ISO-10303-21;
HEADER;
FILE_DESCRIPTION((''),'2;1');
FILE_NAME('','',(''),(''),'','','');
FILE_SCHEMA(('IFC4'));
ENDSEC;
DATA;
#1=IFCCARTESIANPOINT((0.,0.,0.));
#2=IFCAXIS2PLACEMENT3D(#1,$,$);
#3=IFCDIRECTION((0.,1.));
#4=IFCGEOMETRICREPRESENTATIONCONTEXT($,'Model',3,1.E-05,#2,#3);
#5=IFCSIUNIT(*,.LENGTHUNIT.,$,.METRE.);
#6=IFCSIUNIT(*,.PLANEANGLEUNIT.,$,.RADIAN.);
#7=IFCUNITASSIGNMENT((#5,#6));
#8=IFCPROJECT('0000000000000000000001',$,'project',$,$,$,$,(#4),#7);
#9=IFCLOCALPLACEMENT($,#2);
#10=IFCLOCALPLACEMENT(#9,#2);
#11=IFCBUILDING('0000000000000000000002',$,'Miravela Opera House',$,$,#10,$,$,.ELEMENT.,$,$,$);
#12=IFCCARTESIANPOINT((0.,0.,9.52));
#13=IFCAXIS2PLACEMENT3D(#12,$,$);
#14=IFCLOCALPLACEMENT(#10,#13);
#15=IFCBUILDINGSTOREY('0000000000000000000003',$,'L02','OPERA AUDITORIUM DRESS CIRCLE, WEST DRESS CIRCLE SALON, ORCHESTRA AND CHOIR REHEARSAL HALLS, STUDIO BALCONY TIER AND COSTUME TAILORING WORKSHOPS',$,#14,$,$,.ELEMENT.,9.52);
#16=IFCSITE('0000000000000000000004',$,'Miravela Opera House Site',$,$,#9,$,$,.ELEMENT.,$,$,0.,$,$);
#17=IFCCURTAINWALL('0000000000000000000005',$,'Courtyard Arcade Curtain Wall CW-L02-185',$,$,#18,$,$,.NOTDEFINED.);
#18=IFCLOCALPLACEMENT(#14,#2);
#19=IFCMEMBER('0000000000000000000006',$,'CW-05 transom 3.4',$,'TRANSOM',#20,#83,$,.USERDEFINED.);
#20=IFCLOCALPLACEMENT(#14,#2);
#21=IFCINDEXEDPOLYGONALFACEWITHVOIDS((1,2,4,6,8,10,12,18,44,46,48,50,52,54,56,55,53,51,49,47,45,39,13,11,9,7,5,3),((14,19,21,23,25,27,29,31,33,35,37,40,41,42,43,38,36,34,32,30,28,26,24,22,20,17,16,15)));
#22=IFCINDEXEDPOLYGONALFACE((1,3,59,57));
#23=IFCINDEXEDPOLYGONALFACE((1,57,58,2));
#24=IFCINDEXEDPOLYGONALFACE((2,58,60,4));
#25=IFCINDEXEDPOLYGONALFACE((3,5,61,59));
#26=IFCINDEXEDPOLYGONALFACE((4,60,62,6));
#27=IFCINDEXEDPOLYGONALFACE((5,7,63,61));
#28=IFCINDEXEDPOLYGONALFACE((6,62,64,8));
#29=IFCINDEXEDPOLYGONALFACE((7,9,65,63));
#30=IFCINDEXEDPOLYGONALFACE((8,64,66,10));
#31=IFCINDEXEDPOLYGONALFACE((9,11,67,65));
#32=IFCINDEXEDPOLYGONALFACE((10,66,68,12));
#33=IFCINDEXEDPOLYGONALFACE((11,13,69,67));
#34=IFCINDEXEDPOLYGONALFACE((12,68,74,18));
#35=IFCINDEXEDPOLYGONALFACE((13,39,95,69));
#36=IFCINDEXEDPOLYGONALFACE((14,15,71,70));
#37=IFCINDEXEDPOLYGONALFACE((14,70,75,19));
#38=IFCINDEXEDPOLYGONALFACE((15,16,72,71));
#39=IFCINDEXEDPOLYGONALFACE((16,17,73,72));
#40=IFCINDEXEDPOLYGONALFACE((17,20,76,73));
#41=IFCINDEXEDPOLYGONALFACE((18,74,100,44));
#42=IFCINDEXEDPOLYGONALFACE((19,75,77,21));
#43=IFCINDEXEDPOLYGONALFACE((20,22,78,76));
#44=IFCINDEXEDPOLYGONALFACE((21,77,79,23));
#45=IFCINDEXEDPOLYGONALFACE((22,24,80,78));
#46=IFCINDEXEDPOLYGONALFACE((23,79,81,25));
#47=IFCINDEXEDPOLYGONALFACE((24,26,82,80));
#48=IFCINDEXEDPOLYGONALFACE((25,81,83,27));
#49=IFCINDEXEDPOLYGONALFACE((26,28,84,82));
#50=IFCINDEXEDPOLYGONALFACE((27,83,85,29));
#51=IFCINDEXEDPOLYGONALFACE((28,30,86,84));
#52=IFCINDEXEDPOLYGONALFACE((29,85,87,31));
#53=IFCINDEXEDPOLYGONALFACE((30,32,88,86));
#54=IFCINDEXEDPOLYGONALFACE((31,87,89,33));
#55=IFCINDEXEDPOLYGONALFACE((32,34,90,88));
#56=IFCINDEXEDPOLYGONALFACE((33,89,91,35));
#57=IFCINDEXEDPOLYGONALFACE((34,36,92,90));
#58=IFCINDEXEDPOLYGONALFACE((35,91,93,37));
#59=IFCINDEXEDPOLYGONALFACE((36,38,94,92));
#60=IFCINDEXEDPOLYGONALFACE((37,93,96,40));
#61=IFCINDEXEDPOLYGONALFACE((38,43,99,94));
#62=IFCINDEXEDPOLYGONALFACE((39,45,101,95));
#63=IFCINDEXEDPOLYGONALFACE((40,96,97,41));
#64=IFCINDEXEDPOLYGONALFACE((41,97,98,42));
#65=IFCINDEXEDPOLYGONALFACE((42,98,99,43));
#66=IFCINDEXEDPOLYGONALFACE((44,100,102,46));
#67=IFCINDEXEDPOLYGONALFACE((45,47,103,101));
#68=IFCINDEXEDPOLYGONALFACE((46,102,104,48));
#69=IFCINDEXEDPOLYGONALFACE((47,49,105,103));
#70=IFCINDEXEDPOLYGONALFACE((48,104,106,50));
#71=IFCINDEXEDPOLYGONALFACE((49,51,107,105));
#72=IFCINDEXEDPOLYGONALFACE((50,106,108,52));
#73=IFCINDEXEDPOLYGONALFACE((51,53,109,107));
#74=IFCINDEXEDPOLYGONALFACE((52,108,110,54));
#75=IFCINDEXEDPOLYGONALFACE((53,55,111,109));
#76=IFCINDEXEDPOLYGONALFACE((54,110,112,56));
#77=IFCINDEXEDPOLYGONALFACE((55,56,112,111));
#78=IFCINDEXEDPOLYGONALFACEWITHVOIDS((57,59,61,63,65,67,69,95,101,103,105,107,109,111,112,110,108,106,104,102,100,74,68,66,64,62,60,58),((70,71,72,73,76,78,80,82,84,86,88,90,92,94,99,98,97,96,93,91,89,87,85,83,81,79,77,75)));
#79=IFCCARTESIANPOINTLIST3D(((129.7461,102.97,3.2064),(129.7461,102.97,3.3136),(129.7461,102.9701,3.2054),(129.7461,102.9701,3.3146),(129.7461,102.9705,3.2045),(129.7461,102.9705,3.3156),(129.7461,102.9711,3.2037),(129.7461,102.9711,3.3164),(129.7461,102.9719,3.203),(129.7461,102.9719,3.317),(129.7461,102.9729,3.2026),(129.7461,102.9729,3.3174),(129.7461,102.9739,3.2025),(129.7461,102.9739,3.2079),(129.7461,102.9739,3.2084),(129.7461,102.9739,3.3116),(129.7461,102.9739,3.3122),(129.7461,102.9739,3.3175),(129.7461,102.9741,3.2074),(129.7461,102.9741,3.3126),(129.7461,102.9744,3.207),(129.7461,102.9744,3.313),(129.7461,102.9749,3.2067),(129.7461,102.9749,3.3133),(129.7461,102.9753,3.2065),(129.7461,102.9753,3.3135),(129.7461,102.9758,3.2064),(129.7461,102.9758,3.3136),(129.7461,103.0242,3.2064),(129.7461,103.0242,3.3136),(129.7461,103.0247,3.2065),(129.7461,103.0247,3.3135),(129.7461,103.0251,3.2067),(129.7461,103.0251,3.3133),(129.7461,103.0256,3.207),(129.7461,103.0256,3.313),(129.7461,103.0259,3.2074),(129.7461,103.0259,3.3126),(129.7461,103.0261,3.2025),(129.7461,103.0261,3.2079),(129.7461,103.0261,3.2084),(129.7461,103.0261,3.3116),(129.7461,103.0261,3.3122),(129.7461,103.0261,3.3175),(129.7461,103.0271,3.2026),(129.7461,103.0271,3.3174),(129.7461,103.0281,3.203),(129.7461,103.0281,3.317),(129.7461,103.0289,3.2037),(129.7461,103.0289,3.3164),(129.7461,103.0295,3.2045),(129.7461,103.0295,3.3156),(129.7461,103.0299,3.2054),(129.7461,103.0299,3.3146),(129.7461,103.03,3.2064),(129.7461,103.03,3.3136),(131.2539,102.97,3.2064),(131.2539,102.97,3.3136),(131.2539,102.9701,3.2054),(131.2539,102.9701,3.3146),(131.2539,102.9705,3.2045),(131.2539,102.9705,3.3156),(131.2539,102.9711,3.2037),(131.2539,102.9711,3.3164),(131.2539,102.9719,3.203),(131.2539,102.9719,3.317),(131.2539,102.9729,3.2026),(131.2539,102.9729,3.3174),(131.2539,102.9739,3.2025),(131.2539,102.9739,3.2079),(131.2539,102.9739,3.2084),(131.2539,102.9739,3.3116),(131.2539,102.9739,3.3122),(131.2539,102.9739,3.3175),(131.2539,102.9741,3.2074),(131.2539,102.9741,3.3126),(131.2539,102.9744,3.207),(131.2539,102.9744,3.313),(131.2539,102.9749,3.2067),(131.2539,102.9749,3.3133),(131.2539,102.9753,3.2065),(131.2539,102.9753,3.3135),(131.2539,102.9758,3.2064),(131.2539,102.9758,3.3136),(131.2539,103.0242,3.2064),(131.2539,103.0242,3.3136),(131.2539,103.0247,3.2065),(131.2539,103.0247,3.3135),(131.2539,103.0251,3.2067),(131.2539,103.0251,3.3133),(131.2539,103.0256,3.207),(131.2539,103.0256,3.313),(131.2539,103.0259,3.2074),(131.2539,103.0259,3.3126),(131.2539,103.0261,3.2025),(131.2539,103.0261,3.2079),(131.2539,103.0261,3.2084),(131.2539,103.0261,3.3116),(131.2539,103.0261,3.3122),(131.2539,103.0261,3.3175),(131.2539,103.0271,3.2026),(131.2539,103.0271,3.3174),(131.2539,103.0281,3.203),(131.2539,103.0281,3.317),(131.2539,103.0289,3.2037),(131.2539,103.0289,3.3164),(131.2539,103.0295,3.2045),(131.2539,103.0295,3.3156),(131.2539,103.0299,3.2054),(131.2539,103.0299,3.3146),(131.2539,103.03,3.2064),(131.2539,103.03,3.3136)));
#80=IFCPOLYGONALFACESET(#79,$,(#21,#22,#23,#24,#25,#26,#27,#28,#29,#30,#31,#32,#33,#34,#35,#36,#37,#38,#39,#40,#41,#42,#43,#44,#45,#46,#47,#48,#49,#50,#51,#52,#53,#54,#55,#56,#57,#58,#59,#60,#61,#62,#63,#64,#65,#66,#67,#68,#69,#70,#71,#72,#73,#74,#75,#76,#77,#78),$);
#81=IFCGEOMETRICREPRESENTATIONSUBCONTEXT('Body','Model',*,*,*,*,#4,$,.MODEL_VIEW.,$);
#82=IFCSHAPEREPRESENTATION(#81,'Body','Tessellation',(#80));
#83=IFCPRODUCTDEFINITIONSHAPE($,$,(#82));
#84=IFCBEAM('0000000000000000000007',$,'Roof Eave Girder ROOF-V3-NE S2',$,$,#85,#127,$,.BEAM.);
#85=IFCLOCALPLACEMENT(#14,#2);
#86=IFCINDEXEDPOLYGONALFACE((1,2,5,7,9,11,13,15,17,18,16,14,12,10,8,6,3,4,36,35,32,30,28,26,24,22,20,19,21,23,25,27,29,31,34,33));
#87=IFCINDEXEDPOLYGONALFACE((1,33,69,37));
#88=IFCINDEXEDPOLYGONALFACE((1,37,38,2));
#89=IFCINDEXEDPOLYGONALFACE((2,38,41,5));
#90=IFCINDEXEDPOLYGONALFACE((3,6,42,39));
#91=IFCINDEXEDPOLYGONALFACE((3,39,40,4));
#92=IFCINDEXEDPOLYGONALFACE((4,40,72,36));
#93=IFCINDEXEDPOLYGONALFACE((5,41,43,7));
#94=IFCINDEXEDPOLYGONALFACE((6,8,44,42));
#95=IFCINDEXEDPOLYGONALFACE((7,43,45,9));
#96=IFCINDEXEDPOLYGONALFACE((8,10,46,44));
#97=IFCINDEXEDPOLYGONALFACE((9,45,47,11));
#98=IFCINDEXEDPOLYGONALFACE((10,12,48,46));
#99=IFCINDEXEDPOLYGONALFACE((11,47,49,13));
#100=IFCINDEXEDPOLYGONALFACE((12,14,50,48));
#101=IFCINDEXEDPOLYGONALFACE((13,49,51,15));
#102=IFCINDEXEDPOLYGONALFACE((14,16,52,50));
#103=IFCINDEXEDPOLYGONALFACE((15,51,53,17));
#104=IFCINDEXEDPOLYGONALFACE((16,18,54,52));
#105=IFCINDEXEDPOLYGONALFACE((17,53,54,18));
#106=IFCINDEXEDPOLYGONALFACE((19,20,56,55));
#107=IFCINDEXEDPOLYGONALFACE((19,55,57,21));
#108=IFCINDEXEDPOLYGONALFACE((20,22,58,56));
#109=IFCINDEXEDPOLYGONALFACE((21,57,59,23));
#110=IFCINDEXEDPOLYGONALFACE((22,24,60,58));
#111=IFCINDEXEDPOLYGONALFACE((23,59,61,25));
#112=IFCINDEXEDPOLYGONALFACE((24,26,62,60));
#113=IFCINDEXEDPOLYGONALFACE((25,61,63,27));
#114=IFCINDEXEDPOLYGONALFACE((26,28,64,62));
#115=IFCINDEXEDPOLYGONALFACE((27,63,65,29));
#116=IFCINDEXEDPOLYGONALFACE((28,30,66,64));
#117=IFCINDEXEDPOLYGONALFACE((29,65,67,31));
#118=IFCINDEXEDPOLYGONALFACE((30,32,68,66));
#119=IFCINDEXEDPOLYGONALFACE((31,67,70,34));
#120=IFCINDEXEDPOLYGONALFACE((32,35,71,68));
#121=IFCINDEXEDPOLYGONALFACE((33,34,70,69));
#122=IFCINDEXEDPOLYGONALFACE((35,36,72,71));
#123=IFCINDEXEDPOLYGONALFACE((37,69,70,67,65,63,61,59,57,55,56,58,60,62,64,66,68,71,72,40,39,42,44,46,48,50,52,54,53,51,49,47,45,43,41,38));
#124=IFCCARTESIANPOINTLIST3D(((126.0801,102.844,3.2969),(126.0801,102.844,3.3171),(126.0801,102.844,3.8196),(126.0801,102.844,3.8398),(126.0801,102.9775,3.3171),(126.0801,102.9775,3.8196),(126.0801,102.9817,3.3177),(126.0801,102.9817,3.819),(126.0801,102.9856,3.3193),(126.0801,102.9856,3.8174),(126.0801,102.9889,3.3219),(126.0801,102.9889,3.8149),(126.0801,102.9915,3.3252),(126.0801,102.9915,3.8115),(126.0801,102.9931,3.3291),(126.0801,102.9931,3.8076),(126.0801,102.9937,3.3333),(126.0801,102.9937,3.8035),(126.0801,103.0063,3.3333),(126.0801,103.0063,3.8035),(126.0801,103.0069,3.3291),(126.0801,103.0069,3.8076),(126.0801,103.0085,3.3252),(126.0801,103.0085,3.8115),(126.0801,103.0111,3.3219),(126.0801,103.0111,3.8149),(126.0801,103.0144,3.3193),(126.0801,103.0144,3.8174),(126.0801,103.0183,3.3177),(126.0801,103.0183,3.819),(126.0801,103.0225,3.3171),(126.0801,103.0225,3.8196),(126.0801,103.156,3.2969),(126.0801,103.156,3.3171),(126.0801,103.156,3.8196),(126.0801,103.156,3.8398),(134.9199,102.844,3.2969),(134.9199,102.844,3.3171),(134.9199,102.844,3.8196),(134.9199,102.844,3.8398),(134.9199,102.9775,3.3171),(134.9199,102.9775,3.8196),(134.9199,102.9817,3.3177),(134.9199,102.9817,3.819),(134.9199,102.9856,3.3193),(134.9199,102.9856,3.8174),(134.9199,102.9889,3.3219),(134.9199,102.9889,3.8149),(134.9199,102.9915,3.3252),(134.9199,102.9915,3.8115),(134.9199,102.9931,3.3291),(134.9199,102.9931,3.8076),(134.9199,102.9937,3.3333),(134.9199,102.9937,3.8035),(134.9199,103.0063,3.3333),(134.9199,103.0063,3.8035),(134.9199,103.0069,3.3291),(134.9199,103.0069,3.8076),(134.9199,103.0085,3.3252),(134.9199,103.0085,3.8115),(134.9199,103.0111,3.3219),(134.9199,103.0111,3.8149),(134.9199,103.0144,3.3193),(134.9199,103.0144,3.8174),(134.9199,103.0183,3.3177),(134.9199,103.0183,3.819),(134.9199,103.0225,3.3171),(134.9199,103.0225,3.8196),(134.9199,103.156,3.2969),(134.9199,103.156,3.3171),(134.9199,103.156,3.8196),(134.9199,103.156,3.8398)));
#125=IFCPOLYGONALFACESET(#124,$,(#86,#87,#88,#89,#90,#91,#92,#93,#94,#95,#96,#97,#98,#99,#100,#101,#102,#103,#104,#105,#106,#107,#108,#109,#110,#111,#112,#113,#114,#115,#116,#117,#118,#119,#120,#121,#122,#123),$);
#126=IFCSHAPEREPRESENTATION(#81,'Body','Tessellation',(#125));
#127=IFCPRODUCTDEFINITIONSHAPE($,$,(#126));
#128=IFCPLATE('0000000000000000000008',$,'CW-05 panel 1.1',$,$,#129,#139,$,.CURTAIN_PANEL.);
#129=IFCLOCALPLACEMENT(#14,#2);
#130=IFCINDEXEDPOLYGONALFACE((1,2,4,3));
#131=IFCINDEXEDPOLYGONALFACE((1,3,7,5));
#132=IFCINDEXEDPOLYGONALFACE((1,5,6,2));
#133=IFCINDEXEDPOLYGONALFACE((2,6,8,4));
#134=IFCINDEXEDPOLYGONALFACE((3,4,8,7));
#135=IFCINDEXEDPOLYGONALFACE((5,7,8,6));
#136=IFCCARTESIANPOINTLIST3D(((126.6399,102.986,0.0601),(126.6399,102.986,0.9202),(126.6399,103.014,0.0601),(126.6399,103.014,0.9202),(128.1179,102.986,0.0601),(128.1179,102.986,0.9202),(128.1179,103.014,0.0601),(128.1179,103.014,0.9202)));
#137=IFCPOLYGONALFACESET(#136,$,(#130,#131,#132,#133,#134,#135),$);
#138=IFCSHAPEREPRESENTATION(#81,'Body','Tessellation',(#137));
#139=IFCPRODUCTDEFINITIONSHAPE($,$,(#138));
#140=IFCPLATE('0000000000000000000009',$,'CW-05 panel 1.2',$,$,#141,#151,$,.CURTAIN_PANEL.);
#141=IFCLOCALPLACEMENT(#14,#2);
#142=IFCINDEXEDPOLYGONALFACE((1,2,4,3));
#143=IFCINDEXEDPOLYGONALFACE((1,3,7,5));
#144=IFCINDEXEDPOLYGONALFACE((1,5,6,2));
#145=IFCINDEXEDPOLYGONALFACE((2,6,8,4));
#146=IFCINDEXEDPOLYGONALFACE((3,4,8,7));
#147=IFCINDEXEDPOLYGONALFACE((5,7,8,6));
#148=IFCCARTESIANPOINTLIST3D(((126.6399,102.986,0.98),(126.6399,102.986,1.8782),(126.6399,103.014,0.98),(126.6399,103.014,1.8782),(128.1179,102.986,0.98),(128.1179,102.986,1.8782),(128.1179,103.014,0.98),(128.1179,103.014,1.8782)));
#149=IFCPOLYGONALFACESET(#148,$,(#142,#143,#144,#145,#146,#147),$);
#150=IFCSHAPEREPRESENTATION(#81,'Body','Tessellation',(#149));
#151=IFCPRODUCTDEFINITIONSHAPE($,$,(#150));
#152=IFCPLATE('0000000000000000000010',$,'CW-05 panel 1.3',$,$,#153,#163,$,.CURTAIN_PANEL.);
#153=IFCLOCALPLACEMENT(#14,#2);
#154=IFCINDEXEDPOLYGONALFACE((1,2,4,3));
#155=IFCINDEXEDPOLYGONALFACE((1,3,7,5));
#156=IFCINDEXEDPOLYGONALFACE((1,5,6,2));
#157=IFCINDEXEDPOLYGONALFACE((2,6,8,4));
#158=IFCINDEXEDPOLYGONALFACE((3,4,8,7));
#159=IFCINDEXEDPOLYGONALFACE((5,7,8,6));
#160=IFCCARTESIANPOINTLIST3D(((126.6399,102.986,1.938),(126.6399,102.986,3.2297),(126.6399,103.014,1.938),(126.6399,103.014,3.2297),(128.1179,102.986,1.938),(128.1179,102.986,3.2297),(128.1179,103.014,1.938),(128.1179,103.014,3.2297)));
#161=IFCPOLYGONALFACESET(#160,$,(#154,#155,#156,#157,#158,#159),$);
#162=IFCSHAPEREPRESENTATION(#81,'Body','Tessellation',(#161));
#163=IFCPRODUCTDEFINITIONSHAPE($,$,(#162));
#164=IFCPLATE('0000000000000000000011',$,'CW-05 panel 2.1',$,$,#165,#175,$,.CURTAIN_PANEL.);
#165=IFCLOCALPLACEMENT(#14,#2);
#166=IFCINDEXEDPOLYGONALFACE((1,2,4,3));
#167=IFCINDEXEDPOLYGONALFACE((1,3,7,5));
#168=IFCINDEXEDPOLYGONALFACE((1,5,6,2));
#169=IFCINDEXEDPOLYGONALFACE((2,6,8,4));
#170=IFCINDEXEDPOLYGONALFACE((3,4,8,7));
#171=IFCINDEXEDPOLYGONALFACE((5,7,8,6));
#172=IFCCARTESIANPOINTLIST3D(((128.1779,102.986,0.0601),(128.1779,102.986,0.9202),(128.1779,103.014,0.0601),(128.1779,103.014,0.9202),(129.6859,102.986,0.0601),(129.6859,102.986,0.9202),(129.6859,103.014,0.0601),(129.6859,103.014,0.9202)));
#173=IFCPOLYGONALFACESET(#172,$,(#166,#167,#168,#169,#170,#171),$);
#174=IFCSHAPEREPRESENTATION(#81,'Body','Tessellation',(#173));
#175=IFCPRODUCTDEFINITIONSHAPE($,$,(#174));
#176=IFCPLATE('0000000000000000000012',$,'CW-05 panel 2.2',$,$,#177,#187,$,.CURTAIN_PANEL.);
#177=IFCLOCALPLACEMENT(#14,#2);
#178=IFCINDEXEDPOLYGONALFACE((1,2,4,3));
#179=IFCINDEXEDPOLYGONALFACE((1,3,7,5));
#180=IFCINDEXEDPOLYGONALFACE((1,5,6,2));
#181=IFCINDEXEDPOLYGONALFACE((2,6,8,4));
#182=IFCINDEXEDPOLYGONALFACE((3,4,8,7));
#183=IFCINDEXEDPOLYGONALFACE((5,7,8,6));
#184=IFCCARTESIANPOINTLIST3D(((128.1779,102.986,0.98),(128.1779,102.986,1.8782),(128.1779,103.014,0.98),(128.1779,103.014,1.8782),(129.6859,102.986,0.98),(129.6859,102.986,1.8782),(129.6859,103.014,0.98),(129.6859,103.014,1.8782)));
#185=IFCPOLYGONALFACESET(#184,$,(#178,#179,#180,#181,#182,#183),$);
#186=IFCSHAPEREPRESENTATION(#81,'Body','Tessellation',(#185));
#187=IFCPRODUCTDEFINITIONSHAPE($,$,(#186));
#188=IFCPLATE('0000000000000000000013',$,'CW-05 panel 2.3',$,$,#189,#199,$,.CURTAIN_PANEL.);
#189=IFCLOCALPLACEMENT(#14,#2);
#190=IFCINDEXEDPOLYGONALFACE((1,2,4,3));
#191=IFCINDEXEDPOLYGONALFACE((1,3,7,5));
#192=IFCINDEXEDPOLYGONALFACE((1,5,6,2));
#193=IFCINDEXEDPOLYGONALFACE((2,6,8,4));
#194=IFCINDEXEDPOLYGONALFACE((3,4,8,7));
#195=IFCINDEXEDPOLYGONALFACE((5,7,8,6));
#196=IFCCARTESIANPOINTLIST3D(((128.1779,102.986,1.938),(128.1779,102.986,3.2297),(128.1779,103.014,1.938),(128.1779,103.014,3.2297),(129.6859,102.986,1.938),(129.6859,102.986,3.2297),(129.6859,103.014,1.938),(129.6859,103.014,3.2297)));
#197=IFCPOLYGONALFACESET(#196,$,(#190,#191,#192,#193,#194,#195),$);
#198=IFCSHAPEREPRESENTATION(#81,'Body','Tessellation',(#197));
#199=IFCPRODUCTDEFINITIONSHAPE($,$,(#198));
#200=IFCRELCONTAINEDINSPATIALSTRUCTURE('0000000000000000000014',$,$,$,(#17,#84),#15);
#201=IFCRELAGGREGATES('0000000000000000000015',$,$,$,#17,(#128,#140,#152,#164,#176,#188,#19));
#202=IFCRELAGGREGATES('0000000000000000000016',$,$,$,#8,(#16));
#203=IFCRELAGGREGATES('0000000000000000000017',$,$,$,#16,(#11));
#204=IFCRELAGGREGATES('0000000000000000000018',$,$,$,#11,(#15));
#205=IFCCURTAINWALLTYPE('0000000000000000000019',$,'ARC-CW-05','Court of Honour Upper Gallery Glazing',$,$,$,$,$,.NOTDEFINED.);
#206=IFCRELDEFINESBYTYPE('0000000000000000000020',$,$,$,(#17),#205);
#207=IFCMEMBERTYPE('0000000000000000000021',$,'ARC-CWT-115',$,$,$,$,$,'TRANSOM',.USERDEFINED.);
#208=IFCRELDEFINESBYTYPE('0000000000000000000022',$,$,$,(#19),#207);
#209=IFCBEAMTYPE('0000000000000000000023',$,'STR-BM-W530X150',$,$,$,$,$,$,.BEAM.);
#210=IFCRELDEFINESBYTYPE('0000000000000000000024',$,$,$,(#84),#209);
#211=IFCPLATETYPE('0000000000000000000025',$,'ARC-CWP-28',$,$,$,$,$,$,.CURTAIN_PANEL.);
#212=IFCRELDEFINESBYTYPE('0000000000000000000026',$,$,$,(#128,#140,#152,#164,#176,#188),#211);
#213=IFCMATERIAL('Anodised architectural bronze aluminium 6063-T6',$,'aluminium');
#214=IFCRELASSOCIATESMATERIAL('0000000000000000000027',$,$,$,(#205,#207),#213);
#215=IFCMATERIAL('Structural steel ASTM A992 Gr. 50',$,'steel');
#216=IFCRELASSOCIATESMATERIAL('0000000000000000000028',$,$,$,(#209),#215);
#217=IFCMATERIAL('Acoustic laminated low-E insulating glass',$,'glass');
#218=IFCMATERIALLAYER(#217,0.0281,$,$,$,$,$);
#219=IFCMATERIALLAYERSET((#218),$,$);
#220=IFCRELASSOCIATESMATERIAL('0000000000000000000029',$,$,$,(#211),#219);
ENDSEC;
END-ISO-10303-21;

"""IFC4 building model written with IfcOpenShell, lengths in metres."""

from ifc_helpers import new_model, si_unit, direction, frame, origin, origin_2d, place, context, subcontext, project, spatial, rectangle, hollow_rectangle, i_section, extrude, material, layer, layer_set, material_profile, profile_set, type_object, element, aggregate, save


model = new_model("IFC4")

# Units and contexts
model_context = context("Model", 3, precision=1e-05, world=origin(), true_north=direction((0.0, 1.0)))
body_context = subcontext(model_context, "Body", "Model", "MODEL_VIEW")
ifc_project = project(units=[si_unit("LENGTHUNIT", "METRE"), si_unit("PLANEANGLEUNIT", "RADIAN")], contexts=[model_context])

# Site, building, storey
site_placement = place(None, origin())
site = spatial("IfcSite", under=ifc_project, at=site_placement, Name="Miravela Opera House Site", CompositionType="ELEMENT", RefElevation=0.0)
building_placement = place(site_placement, origin())
building = spatial("IfcBuilding", under=site, at=building_placement, Name="Miravela Opera House", CompositionType="ELEMENT")
storey_placement = place(building_placement, frame((0.0, 0.0, 9.52)))
storey = spatial("IfcBuildingStorey", under=building, at=storey_placement, Name="L02", Description="OPERA AUDITORIUM DRESS CIRCLE, WEST DRESS CIRCLE SALON, ORCHESTRA AND CHOIR REHEARSAL HALLS, STUDIO BALCONY TIER AND COSTUME TAILORING WORKSHOPS", CompositionType="ELEMENT", Elevation=9.52)

# Curtain wall, member
ifc_material_1 = material(Name="Anodised architectural bronze aluminium 6063-T6", Category="aluminium")
curtain_wall_type = type_object("IfcCurtainWallType", Name="ARC-CW-05", Description="Court of Honour Upper Gallery Glazing", PredefinedType="NOTDEFINED", material=ifc_material_1)
curtain_wall_placement = place(storey_placement, origin())
curtain_wall = element("IfcCurtainWall", 1, at=curtain_wall_placement, inside=storey, type_object=curtain_wall_type, Name="Courtyard Arcade Curtain Wall CW-L02-185", PredefinedType="NOTDEFINED")
ifc_material_profile_1 = material_profile(ifc_material_1, hollow_rectangle(XDim=0.0601, YDim=0.115, WallThickness=0.0039, InnerFilletRadius=0.002, OuterFilletRadius=0.0039, at=origin_2d()), Name="CWT-60X115")
ifc_profile_set_1 = profile_set([ifc_material_profile_1])
member_type_1 = type_object("IfcMemberType", Name="ARC-CWT-115", ElementType="TRANSOM", PredefinedType="USERDEFINED", material=ifc_profile_set_1)
member_1_placement = place(storey_placement, frame((129.7461, 103.0, 3.26), z_axis=(1.0, 0.0, 0.0), x_axis=(0.0, 1.0, 0.0)))
member_1 = element("IfcMember", 2, at=member_1_placement, type_object=member_type_1, Name="CW-05 transom 3.4", ObjectType="TRANSOM", PredefinedType="USERDEFINED", context=body_context, shape_type="SweptSolid", body=[
    extrude(hollow_rectangle(XDim=0.0601, YDim=0.115, WallThickness=0.0039, InnerFilletRadius=0.002, OuterFilletRadius=0.0039, at=origin_2d()), origin(), (0.0, 0.0, 1.0), 1.5078),
])

# Beam
ifc_material_2 = material(Name="Structural steel ASTM A992 Gr. 50", Category="steel")
ifc_material_profile_2 = material_profile(ifc_material_2, i_section(OverallWidth=0.312, OverallDepth=0.543, WebThickness=0.0127, FlangeThickness=0.0203, FilletRadius=0.0161, at=origin_2d()), Name="W530X150")
ifc_profile_set_2 = profile_set([ifc_material_profile_2])
beam_type = type_object("IfcBeamType", Name="STR-BM-W530X150", PredefinedType="BEAM", material=ifc_profile_set_2)
beam_placement = place(storey_placement, frame((126.0801, 103.0, 3.5684), z_axis=(1.0, 0.0, 0.0), x_axis=(0.0, 1.0, 0.0)))
element("IfcBeam", 3, at=beam_placement, inside=storey, type_object=beam_type, Name="Roof Eave Girder ROOF-V3-NE S2", PredefinedType="BEAM", context=body_context, shape_type="SweptSolid", body=[
    extrude(i_section(OverallWidth=0.312, OverallDepth=0.543, WebThickness=0.0127, FlangeThickness=0.0203, FilletRadius=0.0161, at=origin_2d()), origin(), (0.0, 0.0, 1.0), 8.8398),
])

# Plates
ifc_material_3 = material(Name="Acoustic laminated low-E insulating glass", Category="glass")
ifc_layer = layer(ifc_material_3, 0.0281)
ifc_layer_set = layer_set([ifc_layer])
plate_type = type_object("IfcPlateType", Name="ARC-CWP-28", PredefinedType="CURTAIN_PANEL", material=ifc_layer_set)
plate_1_placement = place(storey_placement, frame((127.3789, 103.0, 0.0601), z_axis=(0.0, 0.0, 1.0), x_axis=(1.0, 0.0, 0.0)))
plate_1 = element("IfcPlate", 4, at=plate_1_placement, type_object=plate_type, Name="CW-05 panel 1.1", PredefinedType="CURTAIN_PANEL", context=body_context, shape_type="SweptSolid", body=[
    extrude(rectangle(XDim=1.478, YDim=0.0281, at=origin_2d()), origin(), (0.0, 0.0, 1.0), 0.8601),
])
plate_2_placement = place(storey_placement, frame((127.3789, 103.0, 0.98), z_axis=(0.0, 0.0, 1.0), x_axis=(1.0, 0.0, 0.0)))
plate_2 = element("IfcPlate", 5, at=plate_2_placement, type_object=plate_type, Name="CW-05 panel 1.2", PredefinedType="CURTAIN_PANEL", context=body_context, shape_type="SweptSolid", body=[
    extrude(rectangle(XDim=1.478, YDim=0.0281, at=origin_2d()), origin(), (0.0, 0.0, 1.0), 0.8982),
])
plate_3_placement = place(storey_placement, frame((127.3789, 103.0, 1.938), z_axis=(0.0, 0.0, 1.0), x_axis=(1.0, 0.0, 0.0)))
plate_3 = element("IfcPlate", 6, at=plate_3_placement, type_object=plate_type, Name="CW-05 panel 1.3", PredefinedType="CURTAIN_PANEL", context=body_context, shape_type="SweptSolid", body=[
    extrude(rectangle(XDim=1.478, YDim=0.0281, at=origin_2d()), origin(), (0.0, 0.0, 1.0), 1.2917),
])
plate_4_placement = place(storey_placement, frame((128.9319, 103.0, 0.0601), z_axis=(0.0, 0.0, 1.0), x_axis=(1.0, 0.0, 0.0)))
plate_4 = element("IfcPlate", 7, at=plate_4_placement, type_object=plate_type, Name="CW-05 panel 2.1", PredefinedType="CURTAIN_PANEL", context=body_context, shape_type="SweptSolid", body=[
    extrude(rectangle(XDim=1.5081, YDim=0.0281, at=origin_2d()), origin(), (0.0, 0.0, 1.0), 0.8601),
])
plate_5_placement = place(storey_placement, frame((128.9319, 103.0, 0.98), z_axis=(0.0, 0.0, 1.0), x_axis=(1.0, 0.0, 0.0)))
plate_5 = element("IfcPlate", 8, at=plate_5_placement, type_object=plate_type, Name="CW-05 panel 2.2", PredefinedType="CURTAIN_PANEL", context=body_context, shape_type="SweptSolid", body=[
    extrude(rectangle(XDim=1.5081, YDim=0.0281, at=origin_2d()), origin(), (0.0, 0.0, 1.0), 0.8982),
])
plate_6_placement = place(storey_placement, frame((128.9319, 103.0, 1.938), z_axis=(0.0, 0.0, 1.0), x_axis=(1.0, 0.0, 0.0)))
plate_6 = element("IfcPlate", 9, at=plate_6_placement, type_object=plate_type, Name="CW-05 panel 2.3", PredefinedType="CURTAIN_PANEL", context=body_context, shape_type="SweptSolid", body=[
    extrude(rectangle(XDim=1.5081, YDim=0.0281, at=origin_2d()), origin(), (0.0, 0.0, 1.0), 1.2917),
])
aggregate(curtain_wall, [plate_1, plate_2, plate_3, plate_4, plate_5, plate_6, member_1])

save(model, "model.ifc")
